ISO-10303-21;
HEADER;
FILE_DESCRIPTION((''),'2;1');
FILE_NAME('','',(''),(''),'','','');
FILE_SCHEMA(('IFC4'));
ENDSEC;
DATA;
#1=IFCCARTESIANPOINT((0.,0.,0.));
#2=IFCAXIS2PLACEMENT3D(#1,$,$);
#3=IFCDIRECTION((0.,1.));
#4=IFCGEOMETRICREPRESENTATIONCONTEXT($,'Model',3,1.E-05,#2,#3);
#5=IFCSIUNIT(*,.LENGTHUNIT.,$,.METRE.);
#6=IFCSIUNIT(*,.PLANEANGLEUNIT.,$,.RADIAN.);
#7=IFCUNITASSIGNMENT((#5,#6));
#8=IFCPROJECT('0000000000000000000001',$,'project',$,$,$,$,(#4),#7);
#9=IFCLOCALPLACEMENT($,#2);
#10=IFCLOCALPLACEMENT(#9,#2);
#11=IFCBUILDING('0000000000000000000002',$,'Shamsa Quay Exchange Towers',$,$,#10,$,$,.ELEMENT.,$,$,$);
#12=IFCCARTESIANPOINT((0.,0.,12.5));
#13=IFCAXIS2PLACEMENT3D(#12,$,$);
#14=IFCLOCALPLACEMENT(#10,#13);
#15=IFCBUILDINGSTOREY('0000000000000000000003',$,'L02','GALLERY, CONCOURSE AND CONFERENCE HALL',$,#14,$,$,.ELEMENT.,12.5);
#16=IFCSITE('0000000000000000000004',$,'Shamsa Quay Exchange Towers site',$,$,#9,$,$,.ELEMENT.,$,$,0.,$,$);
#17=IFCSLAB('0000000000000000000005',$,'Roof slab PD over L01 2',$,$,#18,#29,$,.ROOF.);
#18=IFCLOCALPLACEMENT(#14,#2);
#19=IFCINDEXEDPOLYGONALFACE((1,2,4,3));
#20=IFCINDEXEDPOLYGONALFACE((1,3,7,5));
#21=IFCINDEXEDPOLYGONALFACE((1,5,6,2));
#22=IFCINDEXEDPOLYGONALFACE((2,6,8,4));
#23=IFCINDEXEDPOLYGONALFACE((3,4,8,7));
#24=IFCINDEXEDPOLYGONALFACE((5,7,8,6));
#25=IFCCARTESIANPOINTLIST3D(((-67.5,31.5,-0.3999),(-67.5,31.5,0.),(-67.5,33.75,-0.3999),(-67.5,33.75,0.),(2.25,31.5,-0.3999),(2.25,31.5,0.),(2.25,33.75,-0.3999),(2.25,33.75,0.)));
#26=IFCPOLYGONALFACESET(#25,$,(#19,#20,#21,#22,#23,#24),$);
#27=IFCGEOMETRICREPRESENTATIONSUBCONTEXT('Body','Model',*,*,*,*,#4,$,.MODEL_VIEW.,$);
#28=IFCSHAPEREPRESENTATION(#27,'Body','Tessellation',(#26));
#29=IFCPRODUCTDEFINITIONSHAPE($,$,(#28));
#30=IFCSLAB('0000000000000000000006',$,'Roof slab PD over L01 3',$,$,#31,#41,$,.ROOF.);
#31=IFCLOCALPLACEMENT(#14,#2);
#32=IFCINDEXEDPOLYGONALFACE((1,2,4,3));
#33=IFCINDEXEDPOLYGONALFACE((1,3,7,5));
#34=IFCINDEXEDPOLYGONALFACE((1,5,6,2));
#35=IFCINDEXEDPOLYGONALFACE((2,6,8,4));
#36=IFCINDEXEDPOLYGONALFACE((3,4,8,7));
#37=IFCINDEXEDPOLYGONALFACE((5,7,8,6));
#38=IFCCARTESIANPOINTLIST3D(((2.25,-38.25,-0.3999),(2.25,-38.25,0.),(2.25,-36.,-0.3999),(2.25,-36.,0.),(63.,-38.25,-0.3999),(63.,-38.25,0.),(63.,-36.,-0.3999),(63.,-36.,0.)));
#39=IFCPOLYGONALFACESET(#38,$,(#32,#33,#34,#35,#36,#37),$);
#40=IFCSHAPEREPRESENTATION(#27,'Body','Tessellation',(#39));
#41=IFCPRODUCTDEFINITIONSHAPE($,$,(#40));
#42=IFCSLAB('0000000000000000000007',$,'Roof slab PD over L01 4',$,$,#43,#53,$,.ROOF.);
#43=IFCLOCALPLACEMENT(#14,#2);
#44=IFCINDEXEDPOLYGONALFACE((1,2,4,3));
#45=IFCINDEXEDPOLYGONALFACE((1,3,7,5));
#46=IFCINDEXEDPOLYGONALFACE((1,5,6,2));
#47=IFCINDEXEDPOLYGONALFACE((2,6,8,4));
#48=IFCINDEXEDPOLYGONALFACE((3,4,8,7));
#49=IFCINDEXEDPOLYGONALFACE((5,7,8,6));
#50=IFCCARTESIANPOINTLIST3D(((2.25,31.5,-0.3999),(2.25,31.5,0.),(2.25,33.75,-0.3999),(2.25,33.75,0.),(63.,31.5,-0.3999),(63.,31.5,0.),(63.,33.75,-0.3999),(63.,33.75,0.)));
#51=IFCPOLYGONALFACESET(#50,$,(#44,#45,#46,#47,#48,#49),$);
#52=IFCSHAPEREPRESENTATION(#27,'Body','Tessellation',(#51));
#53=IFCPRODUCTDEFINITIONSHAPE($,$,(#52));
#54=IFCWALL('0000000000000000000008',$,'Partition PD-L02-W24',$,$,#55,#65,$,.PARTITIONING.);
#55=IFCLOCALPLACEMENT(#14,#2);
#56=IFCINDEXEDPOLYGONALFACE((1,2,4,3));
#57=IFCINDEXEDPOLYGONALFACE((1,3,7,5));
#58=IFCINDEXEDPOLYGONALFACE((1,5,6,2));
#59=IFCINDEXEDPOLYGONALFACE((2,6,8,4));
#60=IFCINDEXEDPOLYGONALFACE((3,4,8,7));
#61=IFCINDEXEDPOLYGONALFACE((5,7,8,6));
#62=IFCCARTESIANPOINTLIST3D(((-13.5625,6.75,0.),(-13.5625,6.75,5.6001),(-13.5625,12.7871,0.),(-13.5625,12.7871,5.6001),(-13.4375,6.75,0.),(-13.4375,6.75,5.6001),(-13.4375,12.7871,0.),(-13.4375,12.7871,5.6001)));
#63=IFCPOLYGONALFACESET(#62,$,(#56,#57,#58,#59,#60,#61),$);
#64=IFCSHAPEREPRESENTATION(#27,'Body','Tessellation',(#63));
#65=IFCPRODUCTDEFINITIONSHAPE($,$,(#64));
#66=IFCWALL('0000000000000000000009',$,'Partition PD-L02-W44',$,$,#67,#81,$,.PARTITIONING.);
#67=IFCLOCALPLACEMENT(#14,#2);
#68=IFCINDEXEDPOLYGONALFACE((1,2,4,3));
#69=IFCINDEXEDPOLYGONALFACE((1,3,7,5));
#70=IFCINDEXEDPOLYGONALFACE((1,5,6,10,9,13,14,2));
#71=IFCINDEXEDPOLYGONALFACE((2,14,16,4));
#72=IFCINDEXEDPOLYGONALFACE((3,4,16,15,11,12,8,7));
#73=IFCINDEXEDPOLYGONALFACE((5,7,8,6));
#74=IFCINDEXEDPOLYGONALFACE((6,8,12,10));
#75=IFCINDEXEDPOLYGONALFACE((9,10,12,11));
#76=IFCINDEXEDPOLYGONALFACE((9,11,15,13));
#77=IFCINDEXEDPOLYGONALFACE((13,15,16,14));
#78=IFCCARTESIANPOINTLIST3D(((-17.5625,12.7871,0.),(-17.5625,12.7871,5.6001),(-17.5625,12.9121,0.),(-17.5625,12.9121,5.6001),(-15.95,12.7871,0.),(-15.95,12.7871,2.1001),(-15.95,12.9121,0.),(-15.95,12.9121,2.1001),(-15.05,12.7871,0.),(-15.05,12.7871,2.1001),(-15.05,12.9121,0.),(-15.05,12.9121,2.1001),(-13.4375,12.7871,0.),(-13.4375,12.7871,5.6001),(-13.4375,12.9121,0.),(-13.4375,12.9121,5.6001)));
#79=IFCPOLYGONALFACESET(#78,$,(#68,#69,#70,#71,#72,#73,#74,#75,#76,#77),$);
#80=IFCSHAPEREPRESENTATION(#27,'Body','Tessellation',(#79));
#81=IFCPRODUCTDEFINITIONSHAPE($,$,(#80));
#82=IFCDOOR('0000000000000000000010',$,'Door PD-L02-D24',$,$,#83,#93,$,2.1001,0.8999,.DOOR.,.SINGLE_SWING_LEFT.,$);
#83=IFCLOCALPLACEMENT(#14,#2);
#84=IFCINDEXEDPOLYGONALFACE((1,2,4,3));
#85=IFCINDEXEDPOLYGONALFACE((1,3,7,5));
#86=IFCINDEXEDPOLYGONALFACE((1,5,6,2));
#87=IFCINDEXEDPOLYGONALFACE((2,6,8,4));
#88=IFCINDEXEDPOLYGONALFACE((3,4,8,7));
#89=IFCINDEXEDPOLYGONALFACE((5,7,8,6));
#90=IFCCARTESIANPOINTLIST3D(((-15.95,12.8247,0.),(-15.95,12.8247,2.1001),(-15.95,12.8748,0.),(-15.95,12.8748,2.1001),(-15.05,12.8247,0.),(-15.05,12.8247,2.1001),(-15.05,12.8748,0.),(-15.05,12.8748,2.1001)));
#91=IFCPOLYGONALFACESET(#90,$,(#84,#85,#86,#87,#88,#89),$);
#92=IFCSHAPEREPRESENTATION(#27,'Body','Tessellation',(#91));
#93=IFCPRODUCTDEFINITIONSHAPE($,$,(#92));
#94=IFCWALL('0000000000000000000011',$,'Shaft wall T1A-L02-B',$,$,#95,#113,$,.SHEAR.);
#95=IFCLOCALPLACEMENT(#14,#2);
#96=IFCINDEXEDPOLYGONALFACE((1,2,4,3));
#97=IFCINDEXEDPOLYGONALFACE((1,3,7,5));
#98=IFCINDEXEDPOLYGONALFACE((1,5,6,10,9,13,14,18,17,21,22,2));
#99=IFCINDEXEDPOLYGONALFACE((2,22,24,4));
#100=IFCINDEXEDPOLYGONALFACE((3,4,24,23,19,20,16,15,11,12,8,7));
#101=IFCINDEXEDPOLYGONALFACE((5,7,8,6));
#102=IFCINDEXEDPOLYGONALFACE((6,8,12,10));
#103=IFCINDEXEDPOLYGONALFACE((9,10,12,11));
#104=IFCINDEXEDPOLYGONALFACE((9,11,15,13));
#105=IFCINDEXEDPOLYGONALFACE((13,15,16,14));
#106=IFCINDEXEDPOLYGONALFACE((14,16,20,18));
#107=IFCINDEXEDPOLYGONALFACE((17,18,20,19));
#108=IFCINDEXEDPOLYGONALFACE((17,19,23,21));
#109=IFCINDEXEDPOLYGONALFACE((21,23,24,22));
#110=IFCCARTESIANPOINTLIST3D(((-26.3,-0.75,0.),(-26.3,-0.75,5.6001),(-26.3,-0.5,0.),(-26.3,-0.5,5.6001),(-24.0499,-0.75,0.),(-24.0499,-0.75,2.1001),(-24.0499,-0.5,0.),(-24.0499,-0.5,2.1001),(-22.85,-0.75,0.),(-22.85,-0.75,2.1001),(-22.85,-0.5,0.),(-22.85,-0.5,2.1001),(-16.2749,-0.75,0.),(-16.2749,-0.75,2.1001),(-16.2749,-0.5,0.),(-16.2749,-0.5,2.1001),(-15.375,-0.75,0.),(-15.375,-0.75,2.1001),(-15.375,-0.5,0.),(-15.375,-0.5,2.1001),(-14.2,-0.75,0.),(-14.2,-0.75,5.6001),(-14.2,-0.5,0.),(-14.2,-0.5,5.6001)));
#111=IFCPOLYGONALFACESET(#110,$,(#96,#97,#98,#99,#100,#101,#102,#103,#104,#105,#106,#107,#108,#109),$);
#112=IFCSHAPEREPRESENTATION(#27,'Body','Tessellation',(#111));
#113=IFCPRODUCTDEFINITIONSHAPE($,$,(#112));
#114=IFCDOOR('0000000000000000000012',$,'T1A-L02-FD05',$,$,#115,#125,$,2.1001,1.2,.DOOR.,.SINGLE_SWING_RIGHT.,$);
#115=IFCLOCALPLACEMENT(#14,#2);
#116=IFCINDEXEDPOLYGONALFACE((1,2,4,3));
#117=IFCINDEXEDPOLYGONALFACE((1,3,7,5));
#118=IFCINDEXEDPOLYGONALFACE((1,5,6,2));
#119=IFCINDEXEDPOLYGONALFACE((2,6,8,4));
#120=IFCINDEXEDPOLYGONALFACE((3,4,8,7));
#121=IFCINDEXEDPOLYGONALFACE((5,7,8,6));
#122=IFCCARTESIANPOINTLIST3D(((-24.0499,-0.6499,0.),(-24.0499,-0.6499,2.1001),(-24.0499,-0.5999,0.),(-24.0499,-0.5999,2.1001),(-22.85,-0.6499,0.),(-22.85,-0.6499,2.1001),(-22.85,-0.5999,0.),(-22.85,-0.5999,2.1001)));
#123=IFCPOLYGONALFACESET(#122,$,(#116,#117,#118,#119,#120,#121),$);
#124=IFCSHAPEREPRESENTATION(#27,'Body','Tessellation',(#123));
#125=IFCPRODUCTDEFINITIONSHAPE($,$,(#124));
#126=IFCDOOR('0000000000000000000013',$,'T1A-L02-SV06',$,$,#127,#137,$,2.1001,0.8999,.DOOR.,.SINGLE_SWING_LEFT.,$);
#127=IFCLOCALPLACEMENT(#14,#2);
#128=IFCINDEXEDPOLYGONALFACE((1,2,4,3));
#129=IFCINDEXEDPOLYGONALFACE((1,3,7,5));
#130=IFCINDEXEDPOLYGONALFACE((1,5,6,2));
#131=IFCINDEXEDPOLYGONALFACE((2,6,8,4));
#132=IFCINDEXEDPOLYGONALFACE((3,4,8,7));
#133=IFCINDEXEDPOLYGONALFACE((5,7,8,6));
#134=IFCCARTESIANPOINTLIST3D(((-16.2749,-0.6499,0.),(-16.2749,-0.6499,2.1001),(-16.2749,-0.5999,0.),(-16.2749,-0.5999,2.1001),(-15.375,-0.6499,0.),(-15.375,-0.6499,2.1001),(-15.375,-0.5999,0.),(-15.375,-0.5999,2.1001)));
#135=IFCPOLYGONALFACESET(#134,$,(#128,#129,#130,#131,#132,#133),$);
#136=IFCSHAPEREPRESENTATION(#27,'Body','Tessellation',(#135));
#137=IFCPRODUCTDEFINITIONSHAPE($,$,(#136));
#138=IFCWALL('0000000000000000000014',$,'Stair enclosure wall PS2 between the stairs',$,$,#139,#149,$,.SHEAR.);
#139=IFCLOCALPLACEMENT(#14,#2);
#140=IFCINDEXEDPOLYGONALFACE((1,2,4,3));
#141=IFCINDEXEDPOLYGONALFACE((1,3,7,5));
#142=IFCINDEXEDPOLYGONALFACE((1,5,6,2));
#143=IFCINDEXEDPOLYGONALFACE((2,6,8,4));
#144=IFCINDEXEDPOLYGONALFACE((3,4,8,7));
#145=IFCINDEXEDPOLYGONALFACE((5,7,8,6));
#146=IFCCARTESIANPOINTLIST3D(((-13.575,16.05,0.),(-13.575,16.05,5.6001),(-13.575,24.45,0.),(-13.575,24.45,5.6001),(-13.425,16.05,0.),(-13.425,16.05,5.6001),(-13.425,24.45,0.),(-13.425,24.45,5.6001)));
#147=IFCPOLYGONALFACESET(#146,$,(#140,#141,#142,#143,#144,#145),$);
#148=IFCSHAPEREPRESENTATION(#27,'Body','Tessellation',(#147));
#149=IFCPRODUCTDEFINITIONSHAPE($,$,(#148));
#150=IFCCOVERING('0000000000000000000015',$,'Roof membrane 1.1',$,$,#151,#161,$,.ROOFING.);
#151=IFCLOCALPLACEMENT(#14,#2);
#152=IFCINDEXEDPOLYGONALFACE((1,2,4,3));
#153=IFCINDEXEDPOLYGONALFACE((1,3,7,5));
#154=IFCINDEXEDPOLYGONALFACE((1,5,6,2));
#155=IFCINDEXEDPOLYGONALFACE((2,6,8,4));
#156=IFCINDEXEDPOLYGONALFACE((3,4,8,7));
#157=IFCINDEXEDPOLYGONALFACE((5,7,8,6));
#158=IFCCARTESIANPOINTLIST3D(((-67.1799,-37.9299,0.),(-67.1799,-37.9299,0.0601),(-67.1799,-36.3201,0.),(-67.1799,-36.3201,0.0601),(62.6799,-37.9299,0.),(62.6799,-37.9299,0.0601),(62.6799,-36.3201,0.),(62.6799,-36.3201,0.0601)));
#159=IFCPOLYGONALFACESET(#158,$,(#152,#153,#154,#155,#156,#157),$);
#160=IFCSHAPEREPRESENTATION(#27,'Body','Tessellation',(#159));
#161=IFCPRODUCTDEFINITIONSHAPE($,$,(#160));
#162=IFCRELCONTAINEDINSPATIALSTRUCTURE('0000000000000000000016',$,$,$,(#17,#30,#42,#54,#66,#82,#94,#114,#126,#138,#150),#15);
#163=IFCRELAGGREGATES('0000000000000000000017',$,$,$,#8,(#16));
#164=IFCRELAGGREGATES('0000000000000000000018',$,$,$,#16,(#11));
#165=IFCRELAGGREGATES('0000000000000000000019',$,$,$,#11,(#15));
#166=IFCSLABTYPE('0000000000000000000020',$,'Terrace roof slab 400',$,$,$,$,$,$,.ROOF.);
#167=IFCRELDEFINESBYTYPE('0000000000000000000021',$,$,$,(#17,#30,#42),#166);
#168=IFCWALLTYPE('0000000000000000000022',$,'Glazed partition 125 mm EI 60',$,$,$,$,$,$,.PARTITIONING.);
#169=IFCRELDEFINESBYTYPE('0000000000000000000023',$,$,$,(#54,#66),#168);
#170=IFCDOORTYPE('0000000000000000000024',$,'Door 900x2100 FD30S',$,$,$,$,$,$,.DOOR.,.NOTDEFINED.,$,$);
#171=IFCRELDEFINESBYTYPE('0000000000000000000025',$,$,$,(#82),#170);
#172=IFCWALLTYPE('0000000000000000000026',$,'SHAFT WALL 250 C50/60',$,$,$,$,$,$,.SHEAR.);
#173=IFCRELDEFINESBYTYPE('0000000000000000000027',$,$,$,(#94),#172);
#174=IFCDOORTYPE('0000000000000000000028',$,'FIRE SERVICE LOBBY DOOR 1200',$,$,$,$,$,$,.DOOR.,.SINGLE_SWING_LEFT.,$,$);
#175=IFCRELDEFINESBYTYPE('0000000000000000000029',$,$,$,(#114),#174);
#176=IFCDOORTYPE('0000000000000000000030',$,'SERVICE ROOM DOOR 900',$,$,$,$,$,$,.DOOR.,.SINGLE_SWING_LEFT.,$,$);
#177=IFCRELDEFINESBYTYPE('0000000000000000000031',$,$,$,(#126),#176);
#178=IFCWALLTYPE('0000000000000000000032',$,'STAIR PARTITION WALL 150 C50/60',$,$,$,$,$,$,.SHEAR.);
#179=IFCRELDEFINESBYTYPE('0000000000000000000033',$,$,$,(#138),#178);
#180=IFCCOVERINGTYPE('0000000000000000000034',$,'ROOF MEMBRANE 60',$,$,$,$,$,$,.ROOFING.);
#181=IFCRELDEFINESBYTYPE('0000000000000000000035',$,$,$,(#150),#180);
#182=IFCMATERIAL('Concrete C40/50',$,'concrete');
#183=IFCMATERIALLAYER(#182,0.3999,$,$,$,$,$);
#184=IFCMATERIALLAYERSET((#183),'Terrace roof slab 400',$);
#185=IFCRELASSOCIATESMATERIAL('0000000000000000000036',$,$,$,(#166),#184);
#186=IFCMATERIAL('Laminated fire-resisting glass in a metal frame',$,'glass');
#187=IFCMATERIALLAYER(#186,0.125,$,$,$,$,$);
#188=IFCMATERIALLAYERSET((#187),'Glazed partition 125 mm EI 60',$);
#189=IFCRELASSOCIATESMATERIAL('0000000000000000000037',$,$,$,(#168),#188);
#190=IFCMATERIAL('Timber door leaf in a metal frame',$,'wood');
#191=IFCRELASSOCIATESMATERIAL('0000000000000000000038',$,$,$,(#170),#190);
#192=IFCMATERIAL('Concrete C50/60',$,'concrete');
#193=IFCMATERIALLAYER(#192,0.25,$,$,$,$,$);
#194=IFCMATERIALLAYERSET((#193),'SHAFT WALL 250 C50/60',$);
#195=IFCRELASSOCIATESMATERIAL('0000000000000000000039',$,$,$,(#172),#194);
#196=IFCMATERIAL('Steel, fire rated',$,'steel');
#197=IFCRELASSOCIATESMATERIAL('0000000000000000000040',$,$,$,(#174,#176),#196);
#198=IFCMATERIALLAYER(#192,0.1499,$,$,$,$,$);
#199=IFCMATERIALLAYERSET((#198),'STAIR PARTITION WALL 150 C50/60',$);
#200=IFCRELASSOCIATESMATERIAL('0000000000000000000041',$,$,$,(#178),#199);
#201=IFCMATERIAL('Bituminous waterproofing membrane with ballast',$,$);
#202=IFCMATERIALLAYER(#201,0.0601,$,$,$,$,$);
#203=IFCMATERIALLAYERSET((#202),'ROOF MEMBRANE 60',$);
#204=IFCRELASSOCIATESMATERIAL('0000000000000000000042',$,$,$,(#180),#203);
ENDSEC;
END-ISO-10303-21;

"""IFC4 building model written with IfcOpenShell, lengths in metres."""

from ifc_helpers import new_model, si_unit, direction, frame, frame_2d, origin, place, context, subcontext, project, spatial, polyline, rectangle, outline, extrude, material, layer, layer_set, type_object, element, fill, save


model = new_model("IFC4")

# Units and contexts
model_context = context("Model", 3, precision=1e-05, world=origin(), true_north=direction((0.0, 1.0)))
body_context = subcontext(model_context, "Body", "Model", "MODEL_VIEW")
ifc_project = project(units=[si_unit("LENGTHUNIT", "METRE"), si_unit("PLANEANGLEUNIT", "RADIAN")], contexts=[model_context])

# Site, building, storey
site_placement = place(None, origin())
site = spatial("IfcSite", under=ifc_project, at=site_placement, Name="Shamsa Quay Exchange Towers site", CompositionType="ELEMENT", RefElevation=0.0)
building_placement = place(site_placement, origin())
building = spatial("IfcBuilding", under=site, at=building_placement, Name="Shamsa Quay Exchange Towers", CompositionType="ELEMENT")
storey_placement = place(building_placement, frame((0.0, 0.0, 12.5)))
storey = spatial("IfcBuildingStorey", under=building, at=storey_placement, Name="L02", Description="GALLERY, CONCOURSE AND CONFERENCE HALL", CompositionType="ELEMENT", Elevation=12.5)

# Slabs
ifc_material_1 = material(Name="Concrete C40/50", Category="concrete")
ifc_layer_1 = layer(ifc_material_1, 0.3999)
ifc_layer_set_1 = layer_set([ifc_layer_1], Name="Terrace roof slab 400")
slab_type_1 = type_object("IfcSlabType", Name="Terrace roof slab 400", PredefinedType="ROOF", material=ifc_layer_set_1)
slab_1_placement = place(storey_placement, frame((0.0, 0.0, -0.3999)))
element("IfcSlab", 1, at=slab_1_placement, inside=storey, type_object=slab_type_1, Name="Roof slab PD over L01 2", PredefinedType="ROOF", context=body_context, shape_type="SweptSolid", body=[
    extrude(outline(polyline([(2.25, 33.75), (-67.5, 33.75), (-67.5, 31.5), (2.25, 31.5), (2.25, 33.75)])), origin(), (0.0, 0.0, 1.0), 0.3999),
])
slab_2_placement = place(storey_placement, frame((0.0, 0.0, -0.3999)))
element("IfcSlab", 2, at=slab_2_placement, inside=storey, type_object=slab_type_1, Name="Roof slab PD over L01 3", PredefinedType="ROOF", context=body_context, shape_type="SweptSolid", body=[
    extrude(outline(polyline([(2.25, -38.25), (63.0, -38.25), (63.0, -36.0), (2.25, -36.0), (2.25, -38.25)])), origin(), (0.0, 0.0, 1.0), 0.3999),
])
slab_3_placement = place(storey_placement, frame((0.0, 0.0, -0.3999)))
element("IfcSlab", 3, at=slab_3_placement, inside=storey, type_object=slab_type_1, Name="Roof slab PD over L01 4", PredefinedType="ROOF", context=body_context, shape_type="SweptSolid", body=[
    extrude(outline(polyline([(63.0, 33.75), (2.25, 33.75), (2.25, 31.5), (63.0, 31.5), (63.0, 33.75)])), origin(), (0.0, 0.0, 1.0), 0.3999),
])

# Shared definitions
ifc_material_2 = material(Name="Steel, fire rated", Category="steel")

# Wall
ifc_material_3 = material(Name="Laminated fire-resisting glass in a metal frame", Category="glass")
ifc_layer_2 = layer(ifc_material_3, 0.125)
ifc_layer_set_2 = layer_set([ifc_layer_2], Name="Glazed partition 125 mm EI 60")
wall_type_1 = type_object("IfcWallType", Name="Glazed partition 125 mm EI 60", PredefinedType="PARTITIONING", material=ifc_layer_set_2)
wall_1_placement = place(storey_placement, frame((-13.5, 6.75, 0.0), z_axis=(0.0, 0.0, 1.0), x_axis=(0.0, 1.0, 0.0)))
element("IfcWall", 4, at=wall_1_placement, inside=storey, type_object=wall_type_1, Name="Partition PD-L02-W24", PredefinedType="PARTITIONING", context=body_context, shape_type="SweptSolid", body=[
    extrude(rectangle(XDim=6.0371, YDim=0.125, at=frame_2d((3.0186, 0.0))), origin(), (0.0, 0.0, 1.0), 5.6001),
])

# Wall, opening, door
wall_2_placement = place(storey_placement, frame((-13.4375, 12.8496, 0.0), z_axis=(0.0, 0.0, 1.0), x_axis=(-1.0, 0.0, 0.0)))
wall_2 = element("IfcWall", 5, at=wall_2_placement, inside=storey, type_object=wall_type_1, Name="Partition PD-L02-W44", PredefinedType="PARTITIONING", context=body_context, shape_type="SweptSolid", body=[
    extrude(rectangle(XDim=4.125, YDim=0.125, at=frame_2d((2.0625, 0.0))), origin(), (0.0, 0.0, 1.0), 5.6001),
])
opening_1_placement = place(wall_2_placement, frame((1.6125, 0.0, 0.0)))
opening_1 = element("IfcOpeningElement", 6, at=opening_1_placement, cuts=wall_2, PredefinedType="OPENING", context=body_context, shape_type="SweptSolid", body=[
    extrude(rectangle(XDim=0.8999, YDim=2.1001, at=frame_2d((0.45, 1.05))), frame((0.0, 0.0725, 0.0), z_axis=(0.0, -1.0, 0.0), x_axis=(1.0, 0.0, 0.0)), (0.0, 0.0, 1.0), 0.145),
])
ifc_material_4 = material(Name="Timber door leaf in a metal frame", Category="wood")
door_type_1 = type_object("IfcDoorType", Name="Door 900x2100 FD30S", OperationType="NOTDEFINED", PredefinedType="DOOR", material=ifc_material_4)
door_1_placement = place(opening_1_placement, origin())
door_1 = element("IfcDoor", 7, at=door_1_placement, inside=storey, type_object=door_type_1, Name="Door PD-L02-D24", OperationType="SINGLE_SWING_LEFT", OverallHeight=2.1001, OverallWidth=0.8999, PredefinedType="DOOR", context=body_context, shape_type="SweptSolid", body=[
    extrude(rectangle(XDim=0.8999, YDim=2.1001, at=frame_2d((0.45, 1.05))), frame((0.0, 0.0249, 0.0), z_axis=(0.0, -1.0, 0.0), x_axis=(1.0, 0.0, 0.0)), (0.0, 0.0, 1.0), 0.05),
])
fill(opening_1, door_1)

# Wall, openings, doors
ifc_material_5 = material(Name="Concrete C50/60", Category="concrete")
ifc_layer_3 = layer(ifc_material_5, 0.25)
ifc_layer_set_3 = layer_set([ifc_layer_3], Name="SHAFT WALL 250 C50/60")
wall_type_2 = type_object("IfcWallType", Name="SHAFT WALL 250 C50/60", PredefinedType="SHEAR", material=ifc_layer_set_3)
wall_3_placement = place(storey_placement, frame((-14.2, -0.625, 0.0), z_axis=(0.0, 0.0, 1.0), x_axis=(-1.0, 0.0, 0.0)))
wall_3 = element("IfcWall", 8, at=wall_3_placement, inside=storey, type_object=wall_type_2, Name="Shaft wall T1A-L02-B", PredefinedType="SHEAR", context=body_context, shape_type="SweptSolid", body=[
    extrude(rectangle(XDim=12.1001, YDim=0.25, at=frame_2d((6.05, 0.0))), origin(), (0.0, 0.0, 1.0), 5.6001),
])
opening_2_placement = place(wall_3_placement, frame((8.6499, 0.0, 0.0)))
opening_2 = element("IfcOpeningElement", 9, at=opening_2_placement, cuts=wall_3, PredefinedType="OPENING", context=body_context, shape_type="SweptSolid", body=[
    extrude(rectangle(XDim=1.2, YDim=2.1001, at=frame_2d((0.6001, 1.05))), frame((0.0, 0.135, 0.0), z_axis=(0.0, -1.0, 0.0), x_axis=(1.0, 0.0, 0.0)), (0.0, 0.0, 1.0), 0.27),
])
opening_3_placement = place(wall_3_placement, frame((1.175, 0.0, 0.0)))
opening_3 = element("IfcOpeningElement", 10, at=opening_3_placement, cuts=wall_3, PredefinedType="OPENING", context=body_context, shape_type="SweptSolid", body=[
    extrude(rectangle(XDim=0.8999, YDim=2.1001, at=frame_2d((0.45, 1.05))), frame((0.0, 0.135, 0.0), z_axis=(0.0, -1.0, 0.0), x_axis=(1.0, 0.0, 0.0)), (0.0, 0.0, 1.0), 0.27),
])
door_type_2 = type_object("IfcDoorType", Name="FIRE SERVICE LOBBY DOOR 1200", OperationType="SINGLE_SWING_LEFT", PredefinedType="DOOR", material=ifc_material_2)
door_2_placement = place(opening_2_placement, origin())
door_2 = element("IfcDoor", 11, at=door_2_placement, inside=storey, type_object=door_type_2, Name="T1A-L02-FD05", OperationType="SINGLE_SWING_RIGHT", OverallHeight=2.1001, OverallWidth=1.2, PredefinedType="DOOR", context=body_context, shape_type="SweptSolid", body=[
    extrude(rectangle(XDim=1.2, YDim=2.1001, at=frame_2d((0.6001, 1.05))), frame((0.0, 0.0249, 0.0), z_axis=(0.0, -1.0, 0.0), x_axis=(1.0, 0.0, 0.0)), (0.0, 0.0, 1.0), 0.05),
])
fill(opening_2, door_2)
door_type_3 = type_object("IfcDoorType", Name="SERVICE ROOM DOOR 900", OperationType="SINGLE_SWING_LEFT", PredefinedType="DOOR", material=ifc_material_2)
door_3_placement = place(opening_3_placement, origin())
door_3 = element("IfcDoor", 12, at=door_3_placement, inside=storey, type_object=door_type_3, Name="T1A-L02-SV06", OperationType="SINGLE_SWING_LEFT", OverallHeight=2.1001, OverallWidth=0.8999, PredefinedType="DOOR", context=body_context, shape_type="SweptSolid", body=[
    extrude(rectangle(XDim=0.8999, YDim=2.1001, at=frame_2d((0.45, 1.05))), frame((0.0, 0.0249, 0.0), z_axis=(0.0, -1.0, 0.0), x_axis=(1.0, 0.0, 0.0)), (0.0, 0.0, 1.0), 0.05),
])
fill(opening_3, door_3)

# Wall
ifc_layer_4 = layer(ifc_material_5, 0.1499)
ifc_layer_set_4 = layer_set([ifc_layer_4], Name="STAIR PARTITION WALL 150 C50/60")
wall_type_3 = type_object("IfcWallType", Name="STAIR PARTITION WALL 150 C50/60", PredefinedType="SHEAR", material=ifc_layer_set_4)
wall_4_placement = place(storey_placement, frame((-13.5, 16.05, 0.0), z_axis=(0.0, 0.0, 1.0), x_axis=(0.0, 1.0, 0.0)))
element("IfcWall", 13, at=wall_4_placement, inside=storey, type_object=wall_type_3, Name="Stair enclosure wall PS2 between the stairs", PredefinedType="SHEAR", context=body_context, shape_type="SweptSolid", body=[
    extrude(rectangle(XDim=8.3999, YDim=0.1499, at=frame_2d((4.2, 0.0))), origin(), (0.0, 0.0, 1.0), 5.6001),
])

# Covering
ifc_material_6 = material(Name="Bituminous waterproofing membrane with ballast")
ifc_layer_5 = layer(ifc_material_6, 0.0601)
ifc_layer_set_5 = layer_set([ifc_layer_5], Name="ROOF MEMBRANE 60")
covering_type = type_object("IfcCoveringType", Name="ROOF MEMBRANE 60", PredefinedType="ROOFING", material=ifc_layer_set_5)
covering_placement = place(storey_placement, origin())
element("IfcCovering", 14, at=covering_placement, inside=storey, type_object=covering_type, Name="Roof membrane 1.1", PredefinedType="ROOFING", context=body_context, shape_type="SweptSolid", body=[
    extrude(outline(polyline([(-67.1799, -36.3201), (62.6799, -36.3201), (62.6799, -37.9299), (-67.1799, -37.9299), (-67.1799, -36.3201)])), origin(), (0.0, 0.0, 1.0), 0.0601),
])

save(model, "model.ifc")
